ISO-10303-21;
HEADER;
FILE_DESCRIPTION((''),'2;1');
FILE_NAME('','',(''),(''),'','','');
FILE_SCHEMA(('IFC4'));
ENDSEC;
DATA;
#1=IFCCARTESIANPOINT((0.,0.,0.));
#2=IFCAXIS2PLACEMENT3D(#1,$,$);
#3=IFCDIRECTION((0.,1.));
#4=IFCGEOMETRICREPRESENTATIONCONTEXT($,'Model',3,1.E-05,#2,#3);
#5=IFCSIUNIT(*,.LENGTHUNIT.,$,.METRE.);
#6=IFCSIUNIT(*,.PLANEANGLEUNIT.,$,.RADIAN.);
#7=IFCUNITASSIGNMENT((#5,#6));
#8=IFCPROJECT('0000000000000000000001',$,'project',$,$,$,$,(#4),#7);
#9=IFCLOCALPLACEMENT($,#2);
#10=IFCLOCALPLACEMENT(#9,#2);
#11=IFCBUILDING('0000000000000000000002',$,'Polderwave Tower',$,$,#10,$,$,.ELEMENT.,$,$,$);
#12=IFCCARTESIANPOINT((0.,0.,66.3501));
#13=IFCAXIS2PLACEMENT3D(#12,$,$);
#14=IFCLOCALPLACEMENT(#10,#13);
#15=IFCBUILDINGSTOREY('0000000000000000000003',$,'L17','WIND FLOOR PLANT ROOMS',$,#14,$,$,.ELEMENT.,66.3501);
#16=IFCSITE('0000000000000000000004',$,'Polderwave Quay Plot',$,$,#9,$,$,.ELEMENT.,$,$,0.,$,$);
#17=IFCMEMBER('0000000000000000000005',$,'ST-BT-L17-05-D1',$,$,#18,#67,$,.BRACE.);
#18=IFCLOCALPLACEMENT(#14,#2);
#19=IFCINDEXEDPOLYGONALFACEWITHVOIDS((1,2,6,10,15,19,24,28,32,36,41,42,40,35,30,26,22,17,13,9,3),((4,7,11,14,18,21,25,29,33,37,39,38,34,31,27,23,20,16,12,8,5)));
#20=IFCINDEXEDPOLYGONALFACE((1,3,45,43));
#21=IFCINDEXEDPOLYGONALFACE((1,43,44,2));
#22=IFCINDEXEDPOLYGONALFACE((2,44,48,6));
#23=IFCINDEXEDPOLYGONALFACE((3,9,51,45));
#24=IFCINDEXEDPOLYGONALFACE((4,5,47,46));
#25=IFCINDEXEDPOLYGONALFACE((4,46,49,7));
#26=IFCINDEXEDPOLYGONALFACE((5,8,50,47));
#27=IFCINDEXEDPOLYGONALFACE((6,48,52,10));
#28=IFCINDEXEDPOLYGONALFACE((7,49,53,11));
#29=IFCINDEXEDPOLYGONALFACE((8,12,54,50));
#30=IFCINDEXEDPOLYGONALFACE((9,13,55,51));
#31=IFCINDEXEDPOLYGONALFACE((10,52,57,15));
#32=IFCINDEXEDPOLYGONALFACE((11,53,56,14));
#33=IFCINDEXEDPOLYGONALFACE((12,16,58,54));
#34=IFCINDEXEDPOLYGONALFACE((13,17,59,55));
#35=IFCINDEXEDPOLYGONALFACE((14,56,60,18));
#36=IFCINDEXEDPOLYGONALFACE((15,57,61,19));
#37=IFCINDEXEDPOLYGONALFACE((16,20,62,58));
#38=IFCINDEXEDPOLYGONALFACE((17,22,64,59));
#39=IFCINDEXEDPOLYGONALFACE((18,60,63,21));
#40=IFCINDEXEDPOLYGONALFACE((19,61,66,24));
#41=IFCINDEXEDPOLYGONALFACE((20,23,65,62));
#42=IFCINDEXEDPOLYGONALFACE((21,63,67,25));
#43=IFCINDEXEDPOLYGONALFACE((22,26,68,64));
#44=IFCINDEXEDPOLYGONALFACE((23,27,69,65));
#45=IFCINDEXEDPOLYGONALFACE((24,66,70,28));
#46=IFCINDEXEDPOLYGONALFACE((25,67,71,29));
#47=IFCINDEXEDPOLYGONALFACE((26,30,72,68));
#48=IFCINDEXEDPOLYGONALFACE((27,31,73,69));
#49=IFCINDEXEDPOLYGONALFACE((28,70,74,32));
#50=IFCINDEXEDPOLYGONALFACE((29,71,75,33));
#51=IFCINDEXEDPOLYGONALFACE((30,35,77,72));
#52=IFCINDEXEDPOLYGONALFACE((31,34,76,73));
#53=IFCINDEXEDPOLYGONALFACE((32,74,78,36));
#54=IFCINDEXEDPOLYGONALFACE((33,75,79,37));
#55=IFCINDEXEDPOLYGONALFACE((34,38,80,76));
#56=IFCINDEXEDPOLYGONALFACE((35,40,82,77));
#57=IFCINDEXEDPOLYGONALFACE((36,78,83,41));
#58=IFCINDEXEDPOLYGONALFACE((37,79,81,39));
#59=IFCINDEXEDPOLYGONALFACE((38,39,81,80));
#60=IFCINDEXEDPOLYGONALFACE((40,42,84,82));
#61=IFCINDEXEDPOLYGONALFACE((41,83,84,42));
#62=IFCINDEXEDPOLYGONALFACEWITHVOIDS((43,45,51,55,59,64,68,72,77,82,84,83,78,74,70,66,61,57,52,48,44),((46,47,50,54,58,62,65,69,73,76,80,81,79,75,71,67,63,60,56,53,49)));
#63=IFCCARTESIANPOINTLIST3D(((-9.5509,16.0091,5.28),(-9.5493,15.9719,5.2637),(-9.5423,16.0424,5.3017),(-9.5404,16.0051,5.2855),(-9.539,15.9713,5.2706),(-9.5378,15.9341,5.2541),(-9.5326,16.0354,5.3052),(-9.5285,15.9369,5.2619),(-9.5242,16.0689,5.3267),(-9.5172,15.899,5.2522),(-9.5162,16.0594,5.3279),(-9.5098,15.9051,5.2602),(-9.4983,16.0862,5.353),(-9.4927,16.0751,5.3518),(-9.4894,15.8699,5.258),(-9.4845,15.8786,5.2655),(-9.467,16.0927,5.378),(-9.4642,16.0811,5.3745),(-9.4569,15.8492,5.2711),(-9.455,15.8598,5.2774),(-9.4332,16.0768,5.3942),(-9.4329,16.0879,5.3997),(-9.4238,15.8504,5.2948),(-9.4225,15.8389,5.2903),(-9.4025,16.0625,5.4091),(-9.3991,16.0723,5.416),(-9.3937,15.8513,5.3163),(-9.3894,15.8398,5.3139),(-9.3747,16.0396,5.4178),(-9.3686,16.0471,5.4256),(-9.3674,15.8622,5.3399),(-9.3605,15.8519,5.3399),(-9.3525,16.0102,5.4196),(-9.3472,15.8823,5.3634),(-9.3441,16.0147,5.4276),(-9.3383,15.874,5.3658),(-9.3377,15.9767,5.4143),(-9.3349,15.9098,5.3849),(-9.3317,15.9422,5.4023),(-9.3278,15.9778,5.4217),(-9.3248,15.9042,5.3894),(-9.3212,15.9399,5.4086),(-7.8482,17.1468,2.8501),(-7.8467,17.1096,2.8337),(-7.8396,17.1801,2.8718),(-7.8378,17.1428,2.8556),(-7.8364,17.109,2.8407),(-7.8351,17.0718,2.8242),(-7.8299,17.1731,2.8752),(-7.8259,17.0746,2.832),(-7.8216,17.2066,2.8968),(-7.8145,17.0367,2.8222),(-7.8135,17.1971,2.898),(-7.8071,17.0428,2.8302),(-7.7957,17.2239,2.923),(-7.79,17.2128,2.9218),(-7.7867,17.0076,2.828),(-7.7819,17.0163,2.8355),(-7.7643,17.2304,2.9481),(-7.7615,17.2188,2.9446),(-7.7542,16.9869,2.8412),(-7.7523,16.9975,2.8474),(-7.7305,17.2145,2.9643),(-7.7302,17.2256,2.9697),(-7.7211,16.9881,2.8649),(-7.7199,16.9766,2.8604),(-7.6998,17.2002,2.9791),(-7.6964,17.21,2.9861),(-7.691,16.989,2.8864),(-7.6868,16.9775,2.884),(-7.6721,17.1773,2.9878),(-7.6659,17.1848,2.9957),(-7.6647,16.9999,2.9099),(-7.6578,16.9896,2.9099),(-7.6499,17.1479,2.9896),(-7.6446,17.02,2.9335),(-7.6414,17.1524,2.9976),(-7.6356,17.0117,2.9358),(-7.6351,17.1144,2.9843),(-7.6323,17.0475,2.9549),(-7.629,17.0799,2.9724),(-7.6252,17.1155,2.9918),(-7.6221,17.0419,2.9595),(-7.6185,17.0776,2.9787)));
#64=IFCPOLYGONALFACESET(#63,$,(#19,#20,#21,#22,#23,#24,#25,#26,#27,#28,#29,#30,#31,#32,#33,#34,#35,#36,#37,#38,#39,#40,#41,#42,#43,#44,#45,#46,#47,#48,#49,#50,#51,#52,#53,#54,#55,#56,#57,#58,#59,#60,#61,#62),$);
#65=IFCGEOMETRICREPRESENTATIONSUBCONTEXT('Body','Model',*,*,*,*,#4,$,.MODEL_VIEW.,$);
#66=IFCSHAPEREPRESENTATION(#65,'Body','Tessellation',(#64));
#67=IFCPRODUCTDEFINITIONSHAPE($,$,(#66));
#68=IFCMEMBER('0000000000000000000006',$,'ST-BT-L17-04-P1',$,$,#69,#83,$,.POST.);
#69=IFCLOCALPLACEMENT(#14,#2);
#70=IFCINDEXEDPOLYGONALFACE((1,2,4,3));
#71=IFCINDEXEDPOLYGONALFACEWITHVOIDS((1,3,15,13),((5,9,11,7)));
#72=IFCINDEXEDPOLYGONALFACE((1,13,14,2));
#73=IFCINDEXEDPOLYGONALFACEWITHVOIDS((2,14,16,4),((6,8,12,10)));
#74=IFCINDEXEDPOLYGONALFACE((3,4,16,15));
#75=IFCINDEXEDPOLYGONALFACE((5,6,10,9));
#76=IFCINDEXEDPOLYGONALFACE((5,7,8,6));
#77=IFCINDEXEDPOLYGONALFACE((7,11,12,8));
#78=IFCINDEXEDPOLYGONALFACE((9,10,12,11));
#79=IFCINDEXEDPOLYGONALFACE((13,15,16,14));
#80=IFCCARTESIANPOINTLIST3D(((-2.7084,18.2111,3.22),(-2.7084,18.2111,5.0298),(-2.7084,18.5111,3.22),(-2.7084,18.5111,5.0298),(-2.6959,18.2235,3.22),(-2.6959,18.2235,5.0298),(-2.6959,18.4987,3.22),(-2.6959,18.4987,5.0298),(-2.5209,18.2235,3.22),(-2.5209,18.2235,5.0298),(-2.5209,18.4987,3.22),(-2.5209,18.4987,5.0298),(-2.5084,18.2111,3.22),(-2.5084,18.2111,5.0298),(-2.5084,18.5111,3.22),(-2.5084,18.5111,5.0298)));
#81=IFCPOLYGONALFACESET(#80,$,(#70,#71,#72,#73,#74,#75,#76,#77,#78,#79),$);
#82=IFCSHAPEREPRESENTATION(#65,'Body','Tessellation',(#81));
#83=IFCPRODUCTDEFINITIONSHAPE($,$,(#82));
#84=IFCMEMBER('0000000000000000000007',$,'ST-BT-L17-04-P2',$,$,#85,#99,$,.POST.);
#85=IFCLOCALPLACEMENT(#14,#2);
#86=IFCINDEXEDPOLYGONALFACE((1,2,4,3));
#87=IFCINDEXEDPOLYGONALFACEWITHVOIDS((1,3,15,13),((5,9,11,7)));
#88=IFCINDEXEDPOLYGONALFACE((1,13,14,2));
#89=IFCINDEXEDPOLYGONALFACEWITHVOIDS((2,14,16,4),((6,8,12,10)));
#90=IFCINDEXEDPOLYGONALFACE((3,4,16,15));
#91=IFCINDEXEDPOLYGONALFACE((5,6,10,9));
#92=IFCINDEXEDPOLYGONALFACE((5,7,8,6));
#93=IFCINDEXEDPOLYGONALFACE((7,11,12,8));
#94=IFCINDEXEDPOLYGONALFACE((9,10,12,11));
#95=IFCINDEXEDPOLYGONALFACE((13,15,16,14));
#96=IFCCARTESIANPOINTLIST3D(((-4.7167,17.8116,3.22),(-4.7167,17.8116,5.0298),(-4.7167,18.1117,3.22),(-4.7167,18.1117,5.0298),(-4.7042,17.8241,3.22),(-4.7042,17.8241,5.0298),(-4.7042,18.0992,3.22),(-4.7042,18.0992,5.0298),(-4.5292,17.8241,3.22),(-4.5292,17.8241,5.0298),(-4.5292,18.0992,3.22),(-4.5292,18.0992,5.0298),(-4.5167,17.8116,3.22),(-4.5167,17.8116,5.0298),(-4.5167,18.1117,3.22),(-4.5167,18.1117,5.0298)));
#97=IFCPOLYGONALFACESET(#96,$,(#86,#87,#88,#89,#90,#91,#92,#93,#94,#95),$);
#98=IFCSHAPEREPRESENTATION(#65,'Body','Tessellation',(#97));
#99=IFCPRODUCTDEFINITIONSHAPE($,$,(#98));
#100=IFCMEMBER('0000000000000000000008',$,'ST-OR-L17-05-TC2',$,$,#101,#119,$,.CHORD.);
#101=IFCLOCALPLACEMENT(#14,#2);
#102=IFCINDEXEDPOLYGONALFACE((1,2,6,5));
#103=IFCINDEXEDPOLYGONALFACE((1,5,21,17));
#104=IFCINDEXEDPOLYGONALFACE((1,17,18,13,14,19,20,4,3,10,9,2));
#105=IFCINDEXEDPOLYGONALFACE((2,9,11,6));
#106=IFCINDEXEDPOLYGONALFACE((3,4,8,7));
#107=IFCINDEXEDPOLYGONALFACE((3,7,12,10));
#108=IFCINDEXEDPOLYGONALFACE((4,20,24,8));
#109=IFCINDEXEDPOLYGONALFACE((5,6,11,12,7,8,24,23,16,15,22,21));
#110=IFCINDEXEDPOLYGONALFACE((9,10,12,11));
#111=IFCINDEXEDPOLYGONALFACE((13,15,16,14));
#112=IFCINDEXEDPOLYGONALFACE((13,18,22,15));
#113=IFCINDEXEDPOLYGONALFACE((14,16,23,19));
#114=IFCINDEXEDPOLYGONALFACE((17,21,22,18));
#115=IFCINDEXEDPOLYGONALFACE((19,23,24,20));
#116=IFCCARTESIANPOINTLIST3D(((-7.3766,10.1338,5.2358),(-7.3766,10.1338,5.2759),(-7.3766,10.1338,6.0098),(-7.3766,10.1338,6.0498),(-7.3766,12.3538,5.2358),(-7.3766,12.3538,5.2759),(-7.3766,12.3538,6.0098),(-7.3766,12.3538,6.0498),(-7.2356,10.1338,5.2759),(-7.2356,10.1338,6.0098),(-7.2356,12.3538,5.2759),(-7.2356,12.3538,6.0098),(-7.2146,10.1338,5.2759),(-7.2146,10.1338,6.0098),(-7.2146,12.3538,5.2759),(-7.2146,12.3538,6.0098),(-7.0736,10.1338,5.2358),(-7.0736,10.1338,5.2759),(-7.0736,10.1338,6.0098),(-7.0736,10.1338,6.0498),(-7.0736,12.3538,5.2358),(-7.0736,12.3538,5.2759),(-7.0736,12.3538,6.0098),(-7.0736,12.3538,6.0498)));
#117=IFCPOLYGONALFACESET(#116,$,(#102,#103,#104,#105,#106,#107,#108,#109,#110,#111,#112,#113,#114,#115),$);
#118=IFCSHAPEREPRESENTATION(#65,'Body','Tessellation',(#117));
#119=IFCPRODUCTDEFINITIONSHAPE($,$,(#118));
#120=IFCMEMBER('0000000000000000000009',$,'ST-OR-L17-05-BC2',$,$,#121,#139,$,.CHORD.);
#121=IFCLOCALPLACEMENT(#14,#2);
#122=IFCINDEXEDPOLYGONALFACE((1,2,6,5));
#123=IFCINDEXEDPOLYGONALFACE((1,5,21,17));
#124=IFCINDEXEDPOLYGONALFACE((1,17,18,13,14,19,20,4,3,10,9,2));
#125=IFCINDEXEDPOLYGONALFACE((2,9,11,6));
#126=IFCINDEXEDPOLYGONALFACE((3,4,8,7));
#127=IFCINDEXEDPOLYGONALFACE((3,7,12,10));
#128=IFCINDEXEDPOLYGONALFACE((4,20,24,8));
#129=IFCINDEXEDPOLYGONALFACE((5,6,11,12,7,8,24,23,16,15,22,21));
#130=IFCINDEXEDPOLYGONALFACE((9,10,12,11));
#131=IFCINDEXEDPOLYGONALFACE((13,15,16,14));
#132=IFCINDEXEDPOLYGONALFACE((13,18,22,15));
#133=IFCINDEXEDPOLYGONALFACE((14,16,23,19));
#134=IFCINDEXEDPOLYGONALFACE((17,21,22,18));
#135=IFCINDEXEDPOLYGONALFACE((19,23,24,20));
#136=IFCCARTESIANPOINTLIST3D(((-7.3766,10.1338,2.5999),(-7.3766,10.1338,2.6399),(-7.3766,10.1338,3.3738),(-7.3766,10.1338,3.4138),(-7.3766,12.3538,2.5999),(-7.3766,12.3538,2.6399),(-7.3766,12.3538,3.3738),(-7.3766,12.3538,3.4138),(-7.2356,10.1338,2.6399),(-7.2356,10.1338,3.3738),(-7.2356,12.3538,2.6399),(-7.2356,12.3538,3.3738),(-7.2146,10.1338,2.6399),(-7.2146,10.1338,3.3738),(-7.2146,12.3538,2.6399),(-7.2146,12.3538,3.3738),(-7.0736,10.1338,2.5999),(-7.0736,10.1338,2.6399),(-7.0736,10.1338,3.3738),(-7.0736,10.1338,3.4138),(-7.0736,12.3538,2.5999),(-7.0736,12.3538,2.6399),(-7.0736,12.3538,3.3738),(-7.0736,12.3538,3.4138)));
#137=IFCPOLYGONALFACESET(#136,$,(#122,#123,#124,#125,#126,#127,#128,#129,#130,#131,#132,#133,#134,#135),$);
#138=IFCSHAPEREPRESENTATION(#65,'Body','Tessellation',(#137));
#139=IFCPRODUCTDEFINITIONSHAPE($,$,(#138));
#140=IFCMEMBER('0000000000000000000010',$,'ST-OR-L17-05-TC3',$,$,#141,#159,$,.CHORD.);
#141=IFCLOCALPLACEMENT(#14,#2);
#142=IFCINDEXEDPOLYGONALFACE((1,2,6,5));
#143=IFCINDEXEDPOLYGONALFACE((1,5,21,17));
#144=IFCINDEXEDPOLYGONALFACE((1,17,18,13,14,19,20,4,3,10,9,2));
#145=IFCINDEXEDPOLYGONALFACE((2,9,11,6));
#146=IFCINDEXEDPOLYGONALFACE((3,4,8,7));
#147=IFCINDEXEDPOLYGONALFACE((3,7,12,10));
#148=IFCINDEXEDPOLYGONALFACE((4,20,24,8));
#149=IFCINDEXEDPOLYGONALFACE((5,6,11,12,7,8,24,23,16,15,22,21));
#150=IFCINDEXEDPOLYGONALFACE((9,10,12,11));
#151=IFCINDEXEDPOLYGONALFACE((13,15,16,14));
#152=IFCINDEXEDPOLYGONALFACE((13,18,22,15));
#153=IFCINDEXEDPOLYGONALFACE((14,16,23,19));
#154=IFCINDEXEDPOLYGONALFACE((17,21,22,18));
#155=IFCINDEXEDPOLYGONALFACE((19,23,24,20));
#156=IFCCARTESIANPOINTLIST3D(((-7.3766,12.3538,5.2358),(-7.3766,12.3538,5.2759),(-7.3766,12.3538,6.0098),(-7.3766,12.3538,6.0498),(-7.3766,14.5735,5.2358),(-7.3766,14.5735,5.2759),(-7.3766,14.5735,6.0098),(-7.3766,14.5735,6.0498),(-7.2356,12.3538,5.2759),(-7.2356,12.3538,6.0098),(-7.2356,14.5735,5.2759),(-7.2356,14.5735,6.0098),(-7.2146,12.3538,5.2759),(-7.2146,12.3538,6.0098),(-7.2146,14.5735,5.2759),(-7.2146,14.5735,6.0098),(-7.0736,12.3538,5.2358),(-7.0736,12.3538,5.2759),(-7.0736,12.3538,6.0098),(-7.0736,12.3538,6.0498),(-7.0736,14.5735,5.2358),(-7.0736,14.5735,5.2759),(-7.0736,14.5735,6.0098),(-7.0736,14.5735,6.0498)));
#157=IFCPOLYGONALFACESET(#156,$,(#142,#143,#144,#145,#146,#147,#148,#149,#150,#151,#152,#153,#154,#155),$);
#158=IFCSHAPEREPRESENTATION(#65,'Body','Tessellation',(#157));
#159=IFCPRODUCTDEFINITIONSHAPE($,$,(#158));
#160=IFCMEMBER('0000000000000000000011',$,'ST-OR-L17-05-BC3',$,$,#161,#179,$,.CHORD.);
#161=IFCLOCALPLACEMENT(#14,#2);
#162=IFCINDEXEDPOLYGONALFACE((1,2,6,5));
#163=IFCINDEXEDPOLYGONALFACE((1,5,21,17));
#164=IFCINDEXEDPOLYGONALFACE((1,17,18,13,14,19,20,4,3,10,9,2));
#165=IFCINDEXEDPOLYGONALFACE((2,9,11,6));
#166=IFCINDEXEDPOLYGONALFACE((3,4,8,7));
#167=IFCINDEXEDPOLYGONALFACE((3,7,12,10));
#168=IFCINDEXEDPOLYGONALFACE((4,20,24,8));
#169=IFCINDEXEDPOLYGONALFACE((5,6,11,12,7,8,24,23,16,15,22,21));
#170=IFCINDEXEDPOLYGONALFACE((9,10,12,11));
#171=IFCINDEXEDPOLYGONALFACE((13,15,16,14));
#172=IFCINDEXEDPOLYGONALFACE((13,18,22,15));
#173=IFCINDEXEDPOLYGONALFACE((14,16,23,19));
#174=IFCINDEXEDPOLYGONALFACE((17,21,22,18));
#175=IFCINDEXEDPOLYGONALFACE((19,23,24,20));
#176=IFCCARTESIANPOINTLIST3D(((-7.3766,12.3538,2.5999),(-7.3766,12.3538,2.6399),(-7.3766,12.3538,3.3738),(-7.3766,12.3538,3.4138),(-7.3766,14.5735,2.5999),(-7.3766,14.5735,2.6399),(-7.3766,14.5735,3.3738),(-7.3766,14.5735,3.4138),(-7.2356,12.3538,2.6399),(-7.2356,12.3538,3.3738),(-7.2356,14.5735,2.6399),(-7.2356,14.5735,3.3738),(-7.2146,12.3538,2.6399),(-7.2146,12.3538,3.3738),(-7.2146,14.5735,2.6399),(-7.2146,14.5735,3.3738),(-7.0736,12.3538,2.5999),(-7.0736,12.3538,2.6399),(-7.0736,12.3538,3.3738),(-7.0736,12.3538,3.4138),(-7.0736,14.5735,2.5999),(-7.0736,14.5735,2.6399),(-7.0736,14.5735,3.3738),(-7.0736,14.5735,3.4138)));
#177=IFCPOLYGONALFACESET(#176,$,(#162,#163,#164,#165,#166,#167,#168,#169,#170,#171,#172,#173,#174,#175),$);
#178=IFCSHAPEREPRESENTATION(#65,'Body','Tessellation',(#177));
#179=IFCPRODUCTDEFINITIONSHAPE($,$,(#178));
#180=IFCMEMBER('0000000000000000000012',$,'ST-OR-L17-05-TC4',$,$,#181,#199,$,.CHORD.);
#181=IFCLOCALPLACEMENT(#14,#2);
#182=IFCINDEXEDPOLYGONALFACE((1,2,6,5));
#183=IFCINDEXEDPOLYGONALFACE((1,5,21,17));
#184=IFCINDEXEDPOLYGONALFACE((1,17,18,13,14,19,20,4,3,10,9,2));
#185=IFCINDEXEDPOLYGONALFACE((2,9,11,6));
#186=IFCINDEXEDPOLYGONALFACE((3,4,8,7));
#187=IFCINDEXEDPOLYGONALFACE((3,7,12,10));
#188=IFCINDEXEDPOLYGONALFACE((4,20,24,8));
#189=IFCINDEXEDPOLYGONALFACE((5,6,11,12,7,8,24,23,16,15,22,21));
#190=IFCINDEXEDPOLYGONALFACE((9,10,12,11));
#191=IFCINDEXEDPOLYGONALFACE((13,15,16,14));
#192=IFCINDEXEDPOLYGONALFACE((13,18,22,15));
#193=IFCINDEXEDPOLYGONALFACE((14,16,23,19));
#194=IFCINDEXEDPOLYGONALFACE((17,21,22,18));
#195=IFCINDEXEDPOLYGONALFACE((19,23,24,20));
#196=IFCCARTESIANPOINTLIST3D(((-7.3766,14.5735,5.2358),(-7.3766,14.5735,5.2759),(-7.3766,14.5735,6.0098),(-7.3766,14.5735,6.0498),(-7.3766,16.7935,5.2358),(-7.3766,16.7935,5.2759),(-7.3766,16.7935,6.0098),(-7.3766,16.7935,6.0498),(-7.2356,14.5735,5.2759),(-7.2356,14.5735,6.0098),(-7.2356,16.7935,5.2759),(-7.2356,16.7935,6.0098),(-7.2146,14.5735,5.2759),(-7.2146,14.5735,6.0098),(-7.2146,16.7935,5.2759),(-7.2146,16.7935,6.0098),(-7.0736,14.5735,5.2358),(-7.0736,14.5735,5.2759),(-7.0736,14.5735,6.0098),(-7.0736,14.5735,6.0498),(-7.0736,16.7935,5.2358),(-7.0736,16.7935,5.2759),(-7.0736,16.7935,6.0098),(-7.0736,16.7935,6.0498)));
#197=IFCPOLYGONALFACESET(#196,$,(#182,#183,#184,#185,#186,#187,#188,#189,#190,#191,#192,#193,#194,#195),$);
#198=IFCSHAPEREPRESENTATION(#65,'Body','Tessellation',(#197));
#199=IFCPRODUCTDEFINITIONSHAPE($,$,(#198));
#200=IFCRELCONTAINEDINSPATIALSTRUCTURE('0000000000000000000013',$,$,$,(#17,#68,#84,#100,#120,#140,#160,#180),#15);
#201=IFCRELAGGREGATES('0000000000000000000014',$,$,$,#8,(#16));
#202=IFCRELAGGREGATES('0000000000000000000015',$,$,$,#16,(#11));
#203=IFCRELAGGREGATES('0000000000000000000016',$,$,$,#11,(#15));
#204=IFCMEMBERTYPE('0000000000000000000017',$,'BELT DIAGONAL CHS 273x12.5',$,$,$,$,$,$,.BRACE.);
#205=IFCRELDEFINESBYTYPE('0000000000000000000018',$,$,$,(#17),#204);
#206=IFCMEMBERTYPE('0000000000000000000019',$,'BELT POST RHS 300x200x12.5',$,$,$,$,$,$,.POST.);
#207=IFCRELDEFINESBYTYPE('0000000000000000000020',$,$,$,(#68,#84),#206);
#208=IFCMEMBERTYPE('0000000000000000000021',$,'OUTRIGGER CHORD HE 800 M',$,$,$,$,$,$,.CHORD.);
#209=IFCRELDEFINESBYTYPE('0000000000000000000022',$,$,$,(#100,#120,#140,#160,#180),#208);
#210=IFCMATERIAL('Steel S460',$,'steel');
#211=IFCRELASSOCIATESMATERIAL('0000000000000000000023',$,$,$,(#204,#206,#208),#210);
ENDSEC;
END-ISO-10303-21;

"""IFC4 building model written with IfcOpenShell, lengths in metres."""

from ifc_helpers import new_model, si_unit, direction, frame, origin, origin_2d, place, context, subcontext, project, spatial, hollow_rectangle, hollow_circle, i_section, extrude, material, material_profile, profile_set, type_object, element, save


model = new_model("IFC4")

# Units and contexts
model_context = context("Model", 3, precision=1e-05, world=origin(), true_north=direction((0.0, 1.0)))
body_context = subcontext(model_context, "Body", "Model", "MODEL_VIEW")
ifc_project = project(units=[si_unit("LENGTHUNIT", "METRE"), si_unit("PLANEANGLEUNIT", "RADIAN")], contexts=[model_context])

# Site, building, storey
site_placement = place(None, origin())
site = spatial("IfcSite", under=ifc_project, at=site_placement, Name="Polderwave Quay Plot", CompositionType="ELEMENT", RefElevation=0.0)
building_placement = place(site_placement, origin())
building = spatial("IfcBuilding", under=site, at=building_placement, Name="Polderwave Tower", CompositionType="ELEMENT")
storey_placement = place(building_placement, frame((0.0, 0.0, 66.3501)))
storey = spatial("IfcBuildingStorey", under=building, at=storey_placement, Name="L17", Description="WIND FLOOR PLANT ROOMS", CompositionType="ELEMENT", Elevation=66.3501)

# Members
ifc_material_1 = material(Name="Steel S460", Category="steel")
ifc_material_profile_1 = material_profile(ifc_material_1, hollow_circle(Radius=0.1365, WallThickness=0.0125, at=origin_2d()), Name="CHS 273x12.5")
ifc_profile_set_1 = profile_set([ifc_material_profile_1], Name="Steel S460")
member_type_1 = type_object("IfcMemberType", Name="BELT DIAGONAL CHS 273x12.5", PredefinedType="BRACE", material=ifc_profile_set_1)
for number, where, z_axis, x_axis, name in (
    (1, (-7.7336, 17.103, 2.9099), (-0.535805, -0.358023, 0.764678), (0.55558, -0.831463, 0.0), "ST-BT-L17-05-D1"),
):
    element("IfcMember", number, at=place(storey_placement, frame(where, z_axis=z_axis, x_axis=x_axis)), inside=storey, type_object=member_type_1, Name=name, PredefinedType="BRACE", context=body_context, shape_type="SweptSolid", body=[
        extrude(hollow_circle(Radius=0.1365, WallThickness=0.0125, at=origin_2d()), origin(), (0.0, 0.0, 1.0), 3.1777),
    ])
ifc_material_profile_2 = material_profile(ifc_material_1, hollow_rectangle(XDim=0.2, YDim=0.3, WallThickness=0.0125, at=origin_2d()), Name="RHS 300x200x12.5")
ifc_profile_set_2 = profile_set([ifc_material_profile_2], Name="Steel S460")
member_type_2 = type_object("IfcMemberType", Name="BELT POST RHS 300x200x12.5", PredefinedType="POST", material=ifc_profile_set_2)
for number, where, z_axis, x_axis, name in (
    (2, (-2.6084, 18.3611, 3.22), (0.0, 0.0, 1.0), (1.0, 0.0, 0.0), "ST-BT-L17-04-P1"),
    (3, (-4.6167, 17.9617, 3.22), (0.0, 0.0, 1.0), (1.0, 0.0, 0.0), "ST-BT-L17-04-P2"),
):
    element("IfcMember", number, at=place(storey_placement, frame(where, z_axis=z_axis, x_axis=x_axis)), inside=storey, type_object=member_type_2, Name=name, PredefinedType="POST", context=body_context, shape_type="SweptSolid", body=[
        extrude(hollow_rectangle(XDim=0.2, YDim=0.3, WallThickness=0.0125, at=origin_2d()), origin(), (0.0, 0.0, 1.0), 1.8098),
    ])
ifc_material_profile_3 = material_profile(ifc_material_1, i_section(OverallWidth=0.303, OverallDepth=0.814, WebThickness=0.021, FlangeThickness=0.04, at=origin_2d()), Name="HE 800 M")
ifc_profile_set_3 = profile_set([ifc_material_profile_3], Name="Steel S460")
member_type_3 = type_object("IfcMemberType", Name="OUTRIGGER CHORD HE 800 M", PredefinedType="CHORD", material=ifc_profile_set_3)
for number, where, z_axis, x_axis, name in (
    (4, (-7.2251, 10.1338, 5.6428), (0.0, 1.0, 0.0), (-1.0, 0.0, 0.0), "ST-OR-L17-05-TC2"),
    (5, (-7.2251, 10.1338, 3.0068), (0.0, 1.0, 0.0), (-1.0, 0.0, 0.0), "ST-OR-L17-05-BC2"),
):
    element("IfcMember", number, at=place(storey_placement, frame(where, z_axis=z_axis, x_axis=x_axis)), inside=storey, type_object=member_type_3, Name=name, PredefinedType="CHORD", context=body_context, shape_type="SweptSolid", body=[
        extrude(i_section(OverallWidth=0.303, OverallDepth=0.814, WebThickness=0.021, FlangeThickness=0.04, at=origin_2d()), origin(), (0.0, 0.0, 1.0), 2.22),
    ])
for number, where, z_axis, x_axis, name in (
    (6, (-7.2251, 12.3538, 5.6428), (0.0, 1.0, 0.0), (-1.0, 0.0, 0.0), "ST-OR-L17-05-TC3"),
    (7, (-7.2251, 12.3538, 3.0068), (0.0, 1.0, 0.0), (-1.0, 0.0, 0.0), "ST-OR-L17-05-BC3"),
):
    element("IfcMember", number, at=place(storey_placement, frame(where, z_axis=z_axis, x_axis=x_axis)), inside=storey, type_object=member_type_3, Name=name, PredefinedType="CHORD", context=body_context, shape_type="SweptSolid", body=[
        extrude(i_section(OverallWidth=0.303, OverallDepth=0.814, WebThickness=0.021, FlangeThickness=0.04, at=origin_2d()), origin(), (0.0, 0.0, 1.0), 2.2197),
    ])
for number, where, z_axis, x_axis, name in (
    (8, (-7.2251, 14.5735, 5.6428), (0.0, 1.0, 0.0), (-1.0, 0.0, 0.0), "ST-OR-L17-05-TC4"),
):
    element("IfcMember", number, at=place(storey_placement, frame(where, z_axis=z_axis, x_axis=x_axis)), inside=storey, type_object=member_type_3, Name=name, PredefinedType="CHORD", context=body_context, shape_type="SweptSolid", body=[
        extrude(i_section(OverallWidth=0.303, OverallDepth=0.814, WebThickness=0.021, FlangeThickness=0.04, at=origin_2d()), origin(), (0.0, 0.0, 1.0), 2.22),
    ])

save(model, "model.ifc")
